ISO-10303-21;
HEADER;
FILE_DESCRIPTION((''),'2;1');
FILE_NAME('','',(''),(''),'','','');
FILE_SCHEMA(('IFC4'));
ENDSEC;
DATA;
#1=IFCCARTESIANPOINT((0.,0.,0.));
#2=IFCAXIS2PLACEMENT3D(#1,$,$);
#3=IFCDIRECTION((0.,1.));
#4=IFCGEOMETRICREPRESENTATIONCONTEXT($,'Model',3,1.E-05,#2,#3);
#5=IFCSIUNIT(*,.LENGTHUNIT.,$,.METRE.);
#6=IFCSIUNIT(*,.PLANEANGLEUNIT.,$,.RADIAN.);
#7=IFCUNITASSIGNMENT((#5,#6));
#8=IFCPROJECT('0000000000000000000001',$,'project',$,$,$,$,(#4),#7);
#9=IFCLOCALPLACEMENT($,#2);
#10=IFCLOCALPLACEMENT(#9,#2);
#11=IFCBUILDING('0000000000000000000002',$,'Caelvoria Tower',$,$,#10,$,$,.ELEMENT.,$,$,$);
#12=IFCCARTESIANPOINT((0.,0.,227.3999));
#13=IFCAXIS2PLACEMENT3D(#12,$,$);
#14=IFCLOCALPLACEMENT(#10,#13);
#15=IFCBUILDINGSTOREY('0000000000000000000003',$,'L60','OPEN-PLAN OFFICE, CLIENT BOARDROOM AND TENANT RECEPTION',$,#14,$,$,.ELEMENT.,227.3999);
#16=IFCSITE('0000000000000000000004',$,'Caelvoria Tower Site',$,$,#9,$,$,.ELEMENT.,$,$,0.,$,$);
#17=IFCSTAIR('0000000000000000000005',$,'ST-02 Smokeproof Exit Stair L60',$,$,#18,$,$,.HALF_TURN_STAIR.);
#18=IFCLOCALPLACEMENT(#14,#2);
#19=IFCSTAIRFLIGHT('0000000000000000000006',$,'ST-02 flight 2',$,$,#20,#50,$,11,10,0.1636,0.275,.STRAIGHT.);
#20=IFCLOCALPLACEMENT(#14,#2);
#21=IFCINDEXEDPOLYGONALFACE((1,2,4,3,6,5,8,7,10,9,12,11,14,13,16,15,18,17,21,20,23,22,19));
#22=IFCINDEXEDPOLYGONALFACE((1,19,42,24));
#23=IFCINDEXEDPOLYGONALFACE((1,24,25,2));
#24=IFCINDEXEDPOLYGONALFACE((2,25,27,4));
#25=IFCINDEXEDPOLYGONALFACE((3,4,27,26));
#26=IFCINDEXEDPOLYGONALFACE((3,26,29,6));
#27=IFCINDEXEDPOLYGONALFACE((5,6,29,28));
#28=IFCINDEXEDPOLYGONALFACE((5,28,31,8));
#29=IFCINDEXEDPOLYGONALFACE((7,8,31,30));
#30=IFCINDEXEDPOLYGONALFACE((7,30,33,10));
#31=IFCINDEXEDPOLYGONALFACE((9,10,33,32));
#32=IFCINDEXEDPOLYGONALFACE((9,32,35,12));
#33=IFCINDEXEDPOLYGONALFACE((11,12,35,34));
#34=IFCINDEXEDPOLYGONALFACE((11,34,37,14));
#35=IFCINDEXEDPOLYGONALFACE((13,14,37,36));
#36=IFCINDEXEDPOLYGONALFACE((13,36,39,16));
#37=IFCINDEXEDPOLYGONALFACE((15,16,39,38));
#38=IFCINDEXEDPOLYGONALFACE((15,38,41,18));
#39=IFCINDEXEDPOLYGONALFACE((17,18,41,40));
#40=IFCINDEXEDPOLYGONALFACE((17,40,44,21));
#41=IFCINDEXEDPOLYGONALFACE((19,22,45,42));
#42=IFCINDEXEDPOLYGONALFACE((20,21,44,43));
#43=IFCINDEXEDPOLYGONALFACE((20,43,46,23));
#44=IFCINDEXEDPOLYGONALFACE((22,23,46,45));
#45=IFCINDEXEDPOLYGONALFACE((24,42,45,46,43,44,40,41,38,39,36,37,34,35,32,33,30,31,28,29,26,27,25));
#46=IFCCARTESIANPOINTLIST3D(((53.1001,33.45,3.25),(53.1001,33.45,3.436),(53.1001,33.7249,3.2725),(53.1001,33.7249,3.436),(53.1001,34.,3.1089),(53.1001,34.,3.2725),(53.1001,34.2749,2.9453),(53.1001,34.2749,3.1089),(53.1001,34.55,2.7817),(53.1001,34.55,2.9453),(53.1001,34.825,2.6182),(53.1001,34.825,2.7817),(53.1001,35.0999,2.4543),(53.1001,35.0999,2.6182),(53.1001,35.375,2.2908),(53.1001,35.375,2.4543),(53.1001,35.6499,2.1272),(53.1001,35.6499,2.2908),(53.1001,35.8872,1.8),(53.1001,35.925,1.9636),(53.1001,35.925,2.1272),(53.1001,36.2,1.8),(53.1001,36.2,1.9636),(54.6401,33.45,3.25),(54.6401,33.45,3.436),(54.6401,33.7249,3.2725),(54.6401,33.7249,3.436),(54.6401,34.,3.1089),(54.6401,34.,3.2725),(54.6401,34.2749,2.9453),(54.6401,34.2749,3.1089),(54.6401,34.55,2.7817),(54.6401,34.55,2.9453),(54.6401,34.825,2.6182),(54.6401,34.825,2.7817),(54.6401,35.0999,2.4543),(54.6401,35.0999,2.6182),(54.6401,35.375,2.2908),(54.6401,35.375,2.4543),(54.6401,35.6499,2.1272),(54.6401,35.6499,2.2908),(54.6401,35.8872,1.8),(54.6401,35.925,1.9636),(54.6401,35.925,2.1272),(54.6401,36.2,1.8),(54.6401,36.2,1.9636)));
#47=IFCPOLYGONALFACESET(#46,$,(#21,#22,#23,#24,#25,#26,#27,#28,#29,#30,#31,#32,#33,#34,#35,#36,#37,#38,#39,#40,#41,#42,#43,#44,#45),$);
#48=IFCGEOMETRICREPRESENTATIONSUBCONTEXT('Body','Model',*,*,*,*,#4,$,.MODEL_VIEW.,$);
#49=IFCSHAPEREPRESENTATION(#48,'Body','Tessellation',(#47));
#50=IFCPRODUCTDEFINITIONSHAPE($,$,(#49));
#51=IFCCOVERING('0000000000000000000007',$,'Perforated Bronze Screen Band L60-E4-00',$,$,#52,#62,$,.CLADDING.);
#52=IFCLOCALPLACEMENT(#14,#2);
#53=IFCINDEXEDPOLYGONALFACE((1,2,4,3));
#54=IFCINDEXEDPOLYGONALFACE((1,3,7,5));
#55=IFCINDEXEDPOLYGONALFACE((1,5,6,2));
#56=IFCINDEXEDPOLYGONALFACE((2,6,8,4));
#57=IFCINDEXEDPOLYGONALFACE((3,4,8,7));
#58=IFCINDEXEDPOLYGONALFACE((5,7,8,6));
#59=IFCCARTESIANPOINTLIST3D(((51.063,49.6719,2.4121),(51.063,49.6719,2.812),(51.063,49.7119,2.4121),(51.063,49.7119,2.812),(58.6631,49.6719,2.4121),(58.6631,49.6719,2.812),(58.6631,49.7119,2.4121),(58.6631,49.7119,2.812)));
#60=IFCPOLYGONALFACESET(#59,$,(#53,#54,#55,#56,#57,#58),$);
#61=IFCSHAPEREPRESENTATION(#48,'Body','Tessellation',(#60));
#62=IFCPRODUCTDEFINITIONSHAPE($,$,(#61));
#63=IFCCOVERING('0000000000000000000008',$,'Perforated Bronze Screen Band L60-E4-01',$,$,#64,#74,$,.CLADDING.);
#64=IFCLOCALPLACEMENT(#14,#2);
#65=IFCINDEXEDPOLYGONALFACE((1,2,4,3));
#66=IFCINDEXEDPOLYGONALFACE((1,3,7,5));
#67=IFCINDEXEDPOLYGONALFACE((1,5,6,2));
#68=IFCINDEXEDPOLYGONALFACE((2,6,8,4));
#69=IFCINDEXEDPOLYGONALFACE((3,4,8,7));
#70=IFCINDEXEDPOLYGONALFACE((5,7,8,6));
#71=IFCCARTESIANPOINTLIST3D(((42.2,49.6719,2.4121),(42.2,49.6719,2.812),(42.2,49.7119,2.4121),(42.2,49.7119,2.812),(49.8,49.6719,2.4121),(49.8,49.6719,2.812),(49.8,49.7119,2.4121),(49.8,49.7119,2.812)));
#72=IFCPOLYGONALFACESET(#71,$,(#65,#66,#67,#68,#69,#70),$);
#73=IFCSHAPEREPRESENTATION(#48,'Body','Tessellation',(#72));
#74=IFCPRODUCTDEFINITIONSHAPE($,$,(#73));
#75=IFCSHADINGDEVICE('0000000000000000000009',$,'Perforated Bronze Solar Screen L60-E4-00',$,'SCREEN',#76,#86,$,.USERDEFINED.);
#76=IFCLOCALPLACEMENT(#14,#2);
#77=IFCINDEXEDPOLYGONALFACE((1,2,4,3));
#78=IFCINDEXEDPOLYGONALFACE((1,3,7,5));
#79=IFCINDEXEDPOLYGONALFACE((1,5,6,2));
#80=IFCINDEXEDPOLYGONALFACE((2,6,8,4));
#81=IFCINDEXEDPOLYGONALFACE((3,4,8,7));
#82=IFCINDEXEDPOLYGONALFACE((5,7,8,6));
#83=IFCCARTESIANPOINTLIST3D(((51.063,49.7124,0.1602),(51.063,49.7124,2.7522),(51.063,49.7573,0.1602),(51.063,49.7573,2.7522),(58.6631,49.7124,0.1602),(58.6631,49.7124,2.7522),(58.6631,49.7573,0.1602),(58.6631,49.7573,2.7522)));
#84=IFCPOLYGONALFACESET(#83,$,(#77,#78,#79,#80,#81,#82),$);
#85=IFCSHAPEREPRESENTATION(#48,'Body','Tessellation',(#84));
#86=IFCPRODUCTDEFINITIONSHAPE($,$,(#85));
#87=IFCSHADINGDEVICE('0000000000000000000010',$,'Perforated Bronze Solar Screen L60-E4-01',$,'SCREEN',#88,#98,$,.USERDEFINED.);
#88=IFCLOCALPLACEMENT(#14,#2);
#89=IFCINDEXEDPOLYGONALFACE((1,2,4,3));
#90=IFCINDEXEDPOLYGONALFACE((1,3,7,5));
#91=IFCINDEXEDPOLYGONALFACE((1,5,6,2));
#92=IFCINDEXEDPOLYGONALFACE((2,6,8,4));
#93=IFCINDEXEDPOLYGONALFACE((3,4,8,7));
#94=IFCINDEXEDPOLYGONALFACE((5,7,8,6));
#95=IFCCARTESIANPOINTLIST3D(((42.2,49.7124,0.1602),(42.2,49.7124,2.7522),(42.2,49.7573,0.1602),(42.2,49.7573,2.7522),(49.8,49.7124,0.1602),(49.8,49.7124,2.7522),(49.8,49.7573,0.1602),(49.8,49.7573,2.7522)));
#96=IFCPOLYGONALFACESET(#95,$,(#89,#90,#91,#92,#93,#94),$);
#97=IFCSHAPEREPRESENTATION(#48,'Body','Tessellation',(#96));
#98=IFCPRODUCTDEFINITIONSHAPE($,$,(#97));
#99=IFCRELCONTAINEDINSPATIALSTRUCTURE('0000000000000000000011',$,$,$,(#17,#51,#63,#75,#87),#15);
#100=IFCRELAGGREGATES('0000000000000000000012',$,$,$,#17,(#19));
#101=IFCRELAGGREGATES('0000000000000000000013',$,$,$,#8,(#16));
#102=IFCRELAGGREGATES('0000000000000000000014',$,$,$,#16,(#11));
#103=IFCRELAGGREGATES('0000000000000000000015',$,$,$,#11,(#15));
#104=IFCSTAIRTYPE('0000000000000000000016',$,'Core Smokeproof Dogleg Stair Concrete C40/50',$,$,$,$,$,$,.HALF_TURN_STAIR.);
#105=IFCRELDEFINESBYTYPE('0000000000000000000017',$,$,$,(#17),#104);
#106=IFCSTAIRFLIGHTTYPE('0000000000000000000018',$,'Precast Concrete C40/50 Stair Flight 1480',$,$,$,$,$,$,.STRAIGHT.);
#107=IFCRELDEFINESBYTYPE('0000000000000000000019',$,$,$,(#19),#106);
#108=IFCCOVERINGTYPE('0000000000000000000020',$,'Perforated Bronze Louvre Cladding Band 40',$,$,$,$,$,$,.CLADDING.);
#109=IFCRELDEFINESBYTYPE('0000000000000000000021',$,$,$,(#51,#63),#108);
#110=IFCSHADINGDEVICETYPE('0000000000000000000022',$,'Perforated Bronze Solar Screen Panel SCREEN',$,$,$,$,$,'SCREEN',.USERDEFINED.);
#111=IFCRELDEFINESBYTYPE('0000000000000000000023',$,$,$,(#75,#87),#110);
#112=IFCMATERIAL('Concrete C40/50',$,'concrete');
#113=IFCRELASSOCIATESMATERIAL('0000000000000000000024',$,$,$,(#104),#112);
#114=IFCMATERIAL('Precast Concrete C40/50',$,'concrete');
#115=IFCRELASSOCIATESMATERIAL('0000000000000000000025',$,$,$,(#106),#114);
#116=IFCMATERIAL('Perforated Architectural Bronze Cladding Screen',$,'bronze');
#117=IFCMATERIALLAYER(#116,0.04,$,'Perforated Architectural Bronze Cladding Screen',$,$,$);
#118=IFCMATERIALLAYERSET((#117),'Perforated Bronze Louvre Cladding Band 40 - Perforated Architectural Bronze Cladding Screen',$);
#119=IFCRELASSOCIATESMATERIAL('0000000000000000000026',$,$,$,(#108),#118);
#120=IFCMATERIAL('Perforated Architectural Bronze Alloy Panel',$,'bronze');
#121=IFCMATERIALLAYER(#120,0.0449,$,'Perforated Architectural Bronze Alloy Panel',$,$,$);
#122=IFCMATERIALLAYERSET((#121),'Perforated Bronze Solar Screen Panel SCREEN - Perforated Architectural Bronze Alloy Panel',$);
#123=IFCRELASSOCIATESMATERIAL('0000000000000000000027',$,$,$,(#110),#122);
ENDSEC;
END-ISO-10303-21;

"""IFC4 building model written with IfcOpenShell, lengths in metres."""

from ifc_helpers import new_model, si_unit, direction, frame, origin, origin_2d, place, context, subcontext, project, spatial, polyline, rectangle, outline, extrude, material, layer, layer_set, type_object, element, aggregate, save


model = new_model("IFC4")

# Units and contexts
model_context = context("Model", 3, precision=1e-05, world=origin(), true_north=direction((0.0, 1.0)))
body_context = subcontext(model_context, "Body", "Model", "MODEL_VIEW")
ifc_project = project(units=[si_unit("LENGTHUNIT", "METRE"), si_unit("PLANEANGLEUNIT", "RADIAN")], contexts=[model_context])

# Site, building, storey
site_placement = place(None, origin())
site = spatial("IfcSite", under=ifc_project, at=site_placement, Name="Caelvoria Tower Site", CompositionType="ELEMENT", RefElevation=0.0)
building_placement = place(site_placement, origin())
building = spatial("IfcBuilding", under=site, at=building_placement, Name="Caelvoria Tower", CompositionType="ELEMENT")
storey_placement = place(building_placement, frame((0.0, 0.0, 227.3999)))
storey = spatial("IfcBuildingStorey", under=building, at=storey_placement, Name="L60", Description="OPEN-PLAN OFFICE, CLIENT BOARDROOM AND TENANT RECEPTION", CompositionType="ELEMENT", Elevation=227.3999)

# Stair, stair flight
ifc_material_1 = material(Name="Concrete C40/50", Category="concrete")
stair_type = type_object("IfcStairType", Name="Core Smokeproof Dogleg Stair Concrete C40/50", PredefinedType="HALF_TURN_STAIR", material=ifc_material_1)
stair_placement = place(storey_placement, origin())
stair = element("IfcStair", 1, at=stair_placement, inside=storey, type_object=stair_type, Name="ST-02 Smokeproof Exit Stair L60", PredefinedType="HALF_TURN_STAIR")
ifc_material_2 = material(Name="Precast Concrete C40/50", Category="concrete")
stair_flight_type = type_object("IfcStairFlightType", Name="Precast Concrete C40/50 Stair Flight 1480", PredefinedType="STRAIGHT", material=ifc_material_2)
stair_flight_1_placement = place(storey_placement, frame((53.8701, 36.2, 1.8), z_axis=(0.0, 0.0, 1.0), x_axis=(0.0, -1.0, 0.0)))
stair_flight_1 = element("IfcStairFlight", 2, at=stair_flight_1_placement, type_object=stair_flight_type, Name="ST-02 flight 2", NumberOfRisers=11, NumberOfTreads=10, PredefinedType="STRAIGHT", RiserHeight=0.1636, TreadLength=0.275, context=body_context, shape_type="SweptSolid", body=[
    extrude(outline(polyline([(0.0, 0.0), (0.0, 0.1636), (0.2749, 0.1636), (0.2749, 0.3271), (0.55, 0.3271), (0.55, 0.4907), (0.825, 0.4907), (0.825, 0.6543), (1.1001, 0.6543), (1.1001, 0.8181), (1.375, 0.8181), (1.375, 0.9817), (1.6499, 0.9817), (1.6499, 1.1453), (1.925, 1.1453), (1.925, 1.3088), (2.2, 1.3088), (2.2, 1.4724), (2.4751, 1.4724), (2.4751, 1.636), (2.75, 1.636), (2.75, 1.7996), (2.75, 1.45), (0.3127, 0.0), (0.0, 0.0)])), frame((0.0, 0.77, 0.0), z_axis=(0.0, -1.0, 0.0), x_axis=(1.0, 0.0, 0.0)), (0.0, 0.0, 1.0), 1.54),
])
aggregate(stair, [stair_flight_1])

# Coverings
ifc_material_3 = material(Name="Perforated Architectural Bronze Cladding Screen", Category="bronze")
ifc_layer_1 = layer(ifc_material_3, 0.04, Name="Perforated Architectural Bronze Cladding Screen")
ifc_layer_set_1 = layer_set([ifc_layer_1], Name="Perforated Bronze Louvre Cladding Band 40 - Perforated Architectural Bronze Cladding Screen")
covering_type = type_object("IfcCoveringType", Name="Perforated Bronze Louvre Cladding Band 40", PredefinedType="CLADDING", material=ifc_layer_set_1)
for number, where, z_axis, x_axis, name in (
    (3, (54.863, 49.6919, 2.4121), (0.0, 0.0, 1.0), (-1.0, 0.0, 0.0), "Perforated Bronze Screen Band L60-E4-00"),
    (4, (46.0, 49.6919, 2.4121), (0.0, 0.0, 1.0), (-1.0, 0.0, 0.0), "Perforated Bronze Screen Band L60-E4-01"),
):
    element("IfcCovering", number, at=place(storey_placement, frame(where, z_axis=z_axis, x_axis=x_axis)), inside=storey, type_object=covering_type, Name=name, PredefinedType="CLADDING", context=body_context, shape_type="SweptSolid", body=[
        extrude(rectangle(XDim=7.6001, YDim=0.04, at=origin_2d()), origin(), (0.0, 0.0, 1.0), 0.3999),
    ])

# Shading devices
ifc_material_4 = material(Name="Perforated Architectural Bronze Alloy Panel", Category="bronze")
ifc_layer_2 = layer(ifc_material_4, 0.0449, Name="Perforated Architectural Bronze Alloy Panel")
ifc_layer_set_2 = layer_set([ifc_layer_2], Name="Perforated Bronze Solar Screen Panel SCREEN - Perforated Architectural Bronze Alloy Panel")
shading_device_type = type_object("IfcShadingDeviceType", Name="Perforated Bronze Solar Screen Panel SCREEN", ElementType="SCREEN", PredefinedType="USERDEFINED", material=ifc_layer_set_2)
for number, where, z_axis, x_axis, name in (
    (5, (54.863, 49.7349, 0.1602), (0.0, 0.0, 1.0), (-1.0, 0.0, 0.0), "Perforated Bronze Solar Screen L60-E4-00"),
    (6, (46.0, 49.7349, 0.1602), (0.0, 0.0, 1.0), (-1.0, 0.0, 0.0), "Perforated Bronze Solar Screen L60-E4-01"),
):
    element("IfcShadingDevice", number, at=place(storey_placement, frame(where, z_axis=z_axis, x_axis=x_axis)), inside=storey, type_object=shading_device_type, Name=name, ObjectType="SCREEN", PredefinedType="USERDEFINED", context=body_context, shape_type="SweptSolid", body=[
        extrude(rectangle(XDim=7.6001, YDim=0.0449, at=origin_2d()), origin(), (0.0, 0.0, 1.0), 2.592),
    ])

save(model, "model.ifc")
